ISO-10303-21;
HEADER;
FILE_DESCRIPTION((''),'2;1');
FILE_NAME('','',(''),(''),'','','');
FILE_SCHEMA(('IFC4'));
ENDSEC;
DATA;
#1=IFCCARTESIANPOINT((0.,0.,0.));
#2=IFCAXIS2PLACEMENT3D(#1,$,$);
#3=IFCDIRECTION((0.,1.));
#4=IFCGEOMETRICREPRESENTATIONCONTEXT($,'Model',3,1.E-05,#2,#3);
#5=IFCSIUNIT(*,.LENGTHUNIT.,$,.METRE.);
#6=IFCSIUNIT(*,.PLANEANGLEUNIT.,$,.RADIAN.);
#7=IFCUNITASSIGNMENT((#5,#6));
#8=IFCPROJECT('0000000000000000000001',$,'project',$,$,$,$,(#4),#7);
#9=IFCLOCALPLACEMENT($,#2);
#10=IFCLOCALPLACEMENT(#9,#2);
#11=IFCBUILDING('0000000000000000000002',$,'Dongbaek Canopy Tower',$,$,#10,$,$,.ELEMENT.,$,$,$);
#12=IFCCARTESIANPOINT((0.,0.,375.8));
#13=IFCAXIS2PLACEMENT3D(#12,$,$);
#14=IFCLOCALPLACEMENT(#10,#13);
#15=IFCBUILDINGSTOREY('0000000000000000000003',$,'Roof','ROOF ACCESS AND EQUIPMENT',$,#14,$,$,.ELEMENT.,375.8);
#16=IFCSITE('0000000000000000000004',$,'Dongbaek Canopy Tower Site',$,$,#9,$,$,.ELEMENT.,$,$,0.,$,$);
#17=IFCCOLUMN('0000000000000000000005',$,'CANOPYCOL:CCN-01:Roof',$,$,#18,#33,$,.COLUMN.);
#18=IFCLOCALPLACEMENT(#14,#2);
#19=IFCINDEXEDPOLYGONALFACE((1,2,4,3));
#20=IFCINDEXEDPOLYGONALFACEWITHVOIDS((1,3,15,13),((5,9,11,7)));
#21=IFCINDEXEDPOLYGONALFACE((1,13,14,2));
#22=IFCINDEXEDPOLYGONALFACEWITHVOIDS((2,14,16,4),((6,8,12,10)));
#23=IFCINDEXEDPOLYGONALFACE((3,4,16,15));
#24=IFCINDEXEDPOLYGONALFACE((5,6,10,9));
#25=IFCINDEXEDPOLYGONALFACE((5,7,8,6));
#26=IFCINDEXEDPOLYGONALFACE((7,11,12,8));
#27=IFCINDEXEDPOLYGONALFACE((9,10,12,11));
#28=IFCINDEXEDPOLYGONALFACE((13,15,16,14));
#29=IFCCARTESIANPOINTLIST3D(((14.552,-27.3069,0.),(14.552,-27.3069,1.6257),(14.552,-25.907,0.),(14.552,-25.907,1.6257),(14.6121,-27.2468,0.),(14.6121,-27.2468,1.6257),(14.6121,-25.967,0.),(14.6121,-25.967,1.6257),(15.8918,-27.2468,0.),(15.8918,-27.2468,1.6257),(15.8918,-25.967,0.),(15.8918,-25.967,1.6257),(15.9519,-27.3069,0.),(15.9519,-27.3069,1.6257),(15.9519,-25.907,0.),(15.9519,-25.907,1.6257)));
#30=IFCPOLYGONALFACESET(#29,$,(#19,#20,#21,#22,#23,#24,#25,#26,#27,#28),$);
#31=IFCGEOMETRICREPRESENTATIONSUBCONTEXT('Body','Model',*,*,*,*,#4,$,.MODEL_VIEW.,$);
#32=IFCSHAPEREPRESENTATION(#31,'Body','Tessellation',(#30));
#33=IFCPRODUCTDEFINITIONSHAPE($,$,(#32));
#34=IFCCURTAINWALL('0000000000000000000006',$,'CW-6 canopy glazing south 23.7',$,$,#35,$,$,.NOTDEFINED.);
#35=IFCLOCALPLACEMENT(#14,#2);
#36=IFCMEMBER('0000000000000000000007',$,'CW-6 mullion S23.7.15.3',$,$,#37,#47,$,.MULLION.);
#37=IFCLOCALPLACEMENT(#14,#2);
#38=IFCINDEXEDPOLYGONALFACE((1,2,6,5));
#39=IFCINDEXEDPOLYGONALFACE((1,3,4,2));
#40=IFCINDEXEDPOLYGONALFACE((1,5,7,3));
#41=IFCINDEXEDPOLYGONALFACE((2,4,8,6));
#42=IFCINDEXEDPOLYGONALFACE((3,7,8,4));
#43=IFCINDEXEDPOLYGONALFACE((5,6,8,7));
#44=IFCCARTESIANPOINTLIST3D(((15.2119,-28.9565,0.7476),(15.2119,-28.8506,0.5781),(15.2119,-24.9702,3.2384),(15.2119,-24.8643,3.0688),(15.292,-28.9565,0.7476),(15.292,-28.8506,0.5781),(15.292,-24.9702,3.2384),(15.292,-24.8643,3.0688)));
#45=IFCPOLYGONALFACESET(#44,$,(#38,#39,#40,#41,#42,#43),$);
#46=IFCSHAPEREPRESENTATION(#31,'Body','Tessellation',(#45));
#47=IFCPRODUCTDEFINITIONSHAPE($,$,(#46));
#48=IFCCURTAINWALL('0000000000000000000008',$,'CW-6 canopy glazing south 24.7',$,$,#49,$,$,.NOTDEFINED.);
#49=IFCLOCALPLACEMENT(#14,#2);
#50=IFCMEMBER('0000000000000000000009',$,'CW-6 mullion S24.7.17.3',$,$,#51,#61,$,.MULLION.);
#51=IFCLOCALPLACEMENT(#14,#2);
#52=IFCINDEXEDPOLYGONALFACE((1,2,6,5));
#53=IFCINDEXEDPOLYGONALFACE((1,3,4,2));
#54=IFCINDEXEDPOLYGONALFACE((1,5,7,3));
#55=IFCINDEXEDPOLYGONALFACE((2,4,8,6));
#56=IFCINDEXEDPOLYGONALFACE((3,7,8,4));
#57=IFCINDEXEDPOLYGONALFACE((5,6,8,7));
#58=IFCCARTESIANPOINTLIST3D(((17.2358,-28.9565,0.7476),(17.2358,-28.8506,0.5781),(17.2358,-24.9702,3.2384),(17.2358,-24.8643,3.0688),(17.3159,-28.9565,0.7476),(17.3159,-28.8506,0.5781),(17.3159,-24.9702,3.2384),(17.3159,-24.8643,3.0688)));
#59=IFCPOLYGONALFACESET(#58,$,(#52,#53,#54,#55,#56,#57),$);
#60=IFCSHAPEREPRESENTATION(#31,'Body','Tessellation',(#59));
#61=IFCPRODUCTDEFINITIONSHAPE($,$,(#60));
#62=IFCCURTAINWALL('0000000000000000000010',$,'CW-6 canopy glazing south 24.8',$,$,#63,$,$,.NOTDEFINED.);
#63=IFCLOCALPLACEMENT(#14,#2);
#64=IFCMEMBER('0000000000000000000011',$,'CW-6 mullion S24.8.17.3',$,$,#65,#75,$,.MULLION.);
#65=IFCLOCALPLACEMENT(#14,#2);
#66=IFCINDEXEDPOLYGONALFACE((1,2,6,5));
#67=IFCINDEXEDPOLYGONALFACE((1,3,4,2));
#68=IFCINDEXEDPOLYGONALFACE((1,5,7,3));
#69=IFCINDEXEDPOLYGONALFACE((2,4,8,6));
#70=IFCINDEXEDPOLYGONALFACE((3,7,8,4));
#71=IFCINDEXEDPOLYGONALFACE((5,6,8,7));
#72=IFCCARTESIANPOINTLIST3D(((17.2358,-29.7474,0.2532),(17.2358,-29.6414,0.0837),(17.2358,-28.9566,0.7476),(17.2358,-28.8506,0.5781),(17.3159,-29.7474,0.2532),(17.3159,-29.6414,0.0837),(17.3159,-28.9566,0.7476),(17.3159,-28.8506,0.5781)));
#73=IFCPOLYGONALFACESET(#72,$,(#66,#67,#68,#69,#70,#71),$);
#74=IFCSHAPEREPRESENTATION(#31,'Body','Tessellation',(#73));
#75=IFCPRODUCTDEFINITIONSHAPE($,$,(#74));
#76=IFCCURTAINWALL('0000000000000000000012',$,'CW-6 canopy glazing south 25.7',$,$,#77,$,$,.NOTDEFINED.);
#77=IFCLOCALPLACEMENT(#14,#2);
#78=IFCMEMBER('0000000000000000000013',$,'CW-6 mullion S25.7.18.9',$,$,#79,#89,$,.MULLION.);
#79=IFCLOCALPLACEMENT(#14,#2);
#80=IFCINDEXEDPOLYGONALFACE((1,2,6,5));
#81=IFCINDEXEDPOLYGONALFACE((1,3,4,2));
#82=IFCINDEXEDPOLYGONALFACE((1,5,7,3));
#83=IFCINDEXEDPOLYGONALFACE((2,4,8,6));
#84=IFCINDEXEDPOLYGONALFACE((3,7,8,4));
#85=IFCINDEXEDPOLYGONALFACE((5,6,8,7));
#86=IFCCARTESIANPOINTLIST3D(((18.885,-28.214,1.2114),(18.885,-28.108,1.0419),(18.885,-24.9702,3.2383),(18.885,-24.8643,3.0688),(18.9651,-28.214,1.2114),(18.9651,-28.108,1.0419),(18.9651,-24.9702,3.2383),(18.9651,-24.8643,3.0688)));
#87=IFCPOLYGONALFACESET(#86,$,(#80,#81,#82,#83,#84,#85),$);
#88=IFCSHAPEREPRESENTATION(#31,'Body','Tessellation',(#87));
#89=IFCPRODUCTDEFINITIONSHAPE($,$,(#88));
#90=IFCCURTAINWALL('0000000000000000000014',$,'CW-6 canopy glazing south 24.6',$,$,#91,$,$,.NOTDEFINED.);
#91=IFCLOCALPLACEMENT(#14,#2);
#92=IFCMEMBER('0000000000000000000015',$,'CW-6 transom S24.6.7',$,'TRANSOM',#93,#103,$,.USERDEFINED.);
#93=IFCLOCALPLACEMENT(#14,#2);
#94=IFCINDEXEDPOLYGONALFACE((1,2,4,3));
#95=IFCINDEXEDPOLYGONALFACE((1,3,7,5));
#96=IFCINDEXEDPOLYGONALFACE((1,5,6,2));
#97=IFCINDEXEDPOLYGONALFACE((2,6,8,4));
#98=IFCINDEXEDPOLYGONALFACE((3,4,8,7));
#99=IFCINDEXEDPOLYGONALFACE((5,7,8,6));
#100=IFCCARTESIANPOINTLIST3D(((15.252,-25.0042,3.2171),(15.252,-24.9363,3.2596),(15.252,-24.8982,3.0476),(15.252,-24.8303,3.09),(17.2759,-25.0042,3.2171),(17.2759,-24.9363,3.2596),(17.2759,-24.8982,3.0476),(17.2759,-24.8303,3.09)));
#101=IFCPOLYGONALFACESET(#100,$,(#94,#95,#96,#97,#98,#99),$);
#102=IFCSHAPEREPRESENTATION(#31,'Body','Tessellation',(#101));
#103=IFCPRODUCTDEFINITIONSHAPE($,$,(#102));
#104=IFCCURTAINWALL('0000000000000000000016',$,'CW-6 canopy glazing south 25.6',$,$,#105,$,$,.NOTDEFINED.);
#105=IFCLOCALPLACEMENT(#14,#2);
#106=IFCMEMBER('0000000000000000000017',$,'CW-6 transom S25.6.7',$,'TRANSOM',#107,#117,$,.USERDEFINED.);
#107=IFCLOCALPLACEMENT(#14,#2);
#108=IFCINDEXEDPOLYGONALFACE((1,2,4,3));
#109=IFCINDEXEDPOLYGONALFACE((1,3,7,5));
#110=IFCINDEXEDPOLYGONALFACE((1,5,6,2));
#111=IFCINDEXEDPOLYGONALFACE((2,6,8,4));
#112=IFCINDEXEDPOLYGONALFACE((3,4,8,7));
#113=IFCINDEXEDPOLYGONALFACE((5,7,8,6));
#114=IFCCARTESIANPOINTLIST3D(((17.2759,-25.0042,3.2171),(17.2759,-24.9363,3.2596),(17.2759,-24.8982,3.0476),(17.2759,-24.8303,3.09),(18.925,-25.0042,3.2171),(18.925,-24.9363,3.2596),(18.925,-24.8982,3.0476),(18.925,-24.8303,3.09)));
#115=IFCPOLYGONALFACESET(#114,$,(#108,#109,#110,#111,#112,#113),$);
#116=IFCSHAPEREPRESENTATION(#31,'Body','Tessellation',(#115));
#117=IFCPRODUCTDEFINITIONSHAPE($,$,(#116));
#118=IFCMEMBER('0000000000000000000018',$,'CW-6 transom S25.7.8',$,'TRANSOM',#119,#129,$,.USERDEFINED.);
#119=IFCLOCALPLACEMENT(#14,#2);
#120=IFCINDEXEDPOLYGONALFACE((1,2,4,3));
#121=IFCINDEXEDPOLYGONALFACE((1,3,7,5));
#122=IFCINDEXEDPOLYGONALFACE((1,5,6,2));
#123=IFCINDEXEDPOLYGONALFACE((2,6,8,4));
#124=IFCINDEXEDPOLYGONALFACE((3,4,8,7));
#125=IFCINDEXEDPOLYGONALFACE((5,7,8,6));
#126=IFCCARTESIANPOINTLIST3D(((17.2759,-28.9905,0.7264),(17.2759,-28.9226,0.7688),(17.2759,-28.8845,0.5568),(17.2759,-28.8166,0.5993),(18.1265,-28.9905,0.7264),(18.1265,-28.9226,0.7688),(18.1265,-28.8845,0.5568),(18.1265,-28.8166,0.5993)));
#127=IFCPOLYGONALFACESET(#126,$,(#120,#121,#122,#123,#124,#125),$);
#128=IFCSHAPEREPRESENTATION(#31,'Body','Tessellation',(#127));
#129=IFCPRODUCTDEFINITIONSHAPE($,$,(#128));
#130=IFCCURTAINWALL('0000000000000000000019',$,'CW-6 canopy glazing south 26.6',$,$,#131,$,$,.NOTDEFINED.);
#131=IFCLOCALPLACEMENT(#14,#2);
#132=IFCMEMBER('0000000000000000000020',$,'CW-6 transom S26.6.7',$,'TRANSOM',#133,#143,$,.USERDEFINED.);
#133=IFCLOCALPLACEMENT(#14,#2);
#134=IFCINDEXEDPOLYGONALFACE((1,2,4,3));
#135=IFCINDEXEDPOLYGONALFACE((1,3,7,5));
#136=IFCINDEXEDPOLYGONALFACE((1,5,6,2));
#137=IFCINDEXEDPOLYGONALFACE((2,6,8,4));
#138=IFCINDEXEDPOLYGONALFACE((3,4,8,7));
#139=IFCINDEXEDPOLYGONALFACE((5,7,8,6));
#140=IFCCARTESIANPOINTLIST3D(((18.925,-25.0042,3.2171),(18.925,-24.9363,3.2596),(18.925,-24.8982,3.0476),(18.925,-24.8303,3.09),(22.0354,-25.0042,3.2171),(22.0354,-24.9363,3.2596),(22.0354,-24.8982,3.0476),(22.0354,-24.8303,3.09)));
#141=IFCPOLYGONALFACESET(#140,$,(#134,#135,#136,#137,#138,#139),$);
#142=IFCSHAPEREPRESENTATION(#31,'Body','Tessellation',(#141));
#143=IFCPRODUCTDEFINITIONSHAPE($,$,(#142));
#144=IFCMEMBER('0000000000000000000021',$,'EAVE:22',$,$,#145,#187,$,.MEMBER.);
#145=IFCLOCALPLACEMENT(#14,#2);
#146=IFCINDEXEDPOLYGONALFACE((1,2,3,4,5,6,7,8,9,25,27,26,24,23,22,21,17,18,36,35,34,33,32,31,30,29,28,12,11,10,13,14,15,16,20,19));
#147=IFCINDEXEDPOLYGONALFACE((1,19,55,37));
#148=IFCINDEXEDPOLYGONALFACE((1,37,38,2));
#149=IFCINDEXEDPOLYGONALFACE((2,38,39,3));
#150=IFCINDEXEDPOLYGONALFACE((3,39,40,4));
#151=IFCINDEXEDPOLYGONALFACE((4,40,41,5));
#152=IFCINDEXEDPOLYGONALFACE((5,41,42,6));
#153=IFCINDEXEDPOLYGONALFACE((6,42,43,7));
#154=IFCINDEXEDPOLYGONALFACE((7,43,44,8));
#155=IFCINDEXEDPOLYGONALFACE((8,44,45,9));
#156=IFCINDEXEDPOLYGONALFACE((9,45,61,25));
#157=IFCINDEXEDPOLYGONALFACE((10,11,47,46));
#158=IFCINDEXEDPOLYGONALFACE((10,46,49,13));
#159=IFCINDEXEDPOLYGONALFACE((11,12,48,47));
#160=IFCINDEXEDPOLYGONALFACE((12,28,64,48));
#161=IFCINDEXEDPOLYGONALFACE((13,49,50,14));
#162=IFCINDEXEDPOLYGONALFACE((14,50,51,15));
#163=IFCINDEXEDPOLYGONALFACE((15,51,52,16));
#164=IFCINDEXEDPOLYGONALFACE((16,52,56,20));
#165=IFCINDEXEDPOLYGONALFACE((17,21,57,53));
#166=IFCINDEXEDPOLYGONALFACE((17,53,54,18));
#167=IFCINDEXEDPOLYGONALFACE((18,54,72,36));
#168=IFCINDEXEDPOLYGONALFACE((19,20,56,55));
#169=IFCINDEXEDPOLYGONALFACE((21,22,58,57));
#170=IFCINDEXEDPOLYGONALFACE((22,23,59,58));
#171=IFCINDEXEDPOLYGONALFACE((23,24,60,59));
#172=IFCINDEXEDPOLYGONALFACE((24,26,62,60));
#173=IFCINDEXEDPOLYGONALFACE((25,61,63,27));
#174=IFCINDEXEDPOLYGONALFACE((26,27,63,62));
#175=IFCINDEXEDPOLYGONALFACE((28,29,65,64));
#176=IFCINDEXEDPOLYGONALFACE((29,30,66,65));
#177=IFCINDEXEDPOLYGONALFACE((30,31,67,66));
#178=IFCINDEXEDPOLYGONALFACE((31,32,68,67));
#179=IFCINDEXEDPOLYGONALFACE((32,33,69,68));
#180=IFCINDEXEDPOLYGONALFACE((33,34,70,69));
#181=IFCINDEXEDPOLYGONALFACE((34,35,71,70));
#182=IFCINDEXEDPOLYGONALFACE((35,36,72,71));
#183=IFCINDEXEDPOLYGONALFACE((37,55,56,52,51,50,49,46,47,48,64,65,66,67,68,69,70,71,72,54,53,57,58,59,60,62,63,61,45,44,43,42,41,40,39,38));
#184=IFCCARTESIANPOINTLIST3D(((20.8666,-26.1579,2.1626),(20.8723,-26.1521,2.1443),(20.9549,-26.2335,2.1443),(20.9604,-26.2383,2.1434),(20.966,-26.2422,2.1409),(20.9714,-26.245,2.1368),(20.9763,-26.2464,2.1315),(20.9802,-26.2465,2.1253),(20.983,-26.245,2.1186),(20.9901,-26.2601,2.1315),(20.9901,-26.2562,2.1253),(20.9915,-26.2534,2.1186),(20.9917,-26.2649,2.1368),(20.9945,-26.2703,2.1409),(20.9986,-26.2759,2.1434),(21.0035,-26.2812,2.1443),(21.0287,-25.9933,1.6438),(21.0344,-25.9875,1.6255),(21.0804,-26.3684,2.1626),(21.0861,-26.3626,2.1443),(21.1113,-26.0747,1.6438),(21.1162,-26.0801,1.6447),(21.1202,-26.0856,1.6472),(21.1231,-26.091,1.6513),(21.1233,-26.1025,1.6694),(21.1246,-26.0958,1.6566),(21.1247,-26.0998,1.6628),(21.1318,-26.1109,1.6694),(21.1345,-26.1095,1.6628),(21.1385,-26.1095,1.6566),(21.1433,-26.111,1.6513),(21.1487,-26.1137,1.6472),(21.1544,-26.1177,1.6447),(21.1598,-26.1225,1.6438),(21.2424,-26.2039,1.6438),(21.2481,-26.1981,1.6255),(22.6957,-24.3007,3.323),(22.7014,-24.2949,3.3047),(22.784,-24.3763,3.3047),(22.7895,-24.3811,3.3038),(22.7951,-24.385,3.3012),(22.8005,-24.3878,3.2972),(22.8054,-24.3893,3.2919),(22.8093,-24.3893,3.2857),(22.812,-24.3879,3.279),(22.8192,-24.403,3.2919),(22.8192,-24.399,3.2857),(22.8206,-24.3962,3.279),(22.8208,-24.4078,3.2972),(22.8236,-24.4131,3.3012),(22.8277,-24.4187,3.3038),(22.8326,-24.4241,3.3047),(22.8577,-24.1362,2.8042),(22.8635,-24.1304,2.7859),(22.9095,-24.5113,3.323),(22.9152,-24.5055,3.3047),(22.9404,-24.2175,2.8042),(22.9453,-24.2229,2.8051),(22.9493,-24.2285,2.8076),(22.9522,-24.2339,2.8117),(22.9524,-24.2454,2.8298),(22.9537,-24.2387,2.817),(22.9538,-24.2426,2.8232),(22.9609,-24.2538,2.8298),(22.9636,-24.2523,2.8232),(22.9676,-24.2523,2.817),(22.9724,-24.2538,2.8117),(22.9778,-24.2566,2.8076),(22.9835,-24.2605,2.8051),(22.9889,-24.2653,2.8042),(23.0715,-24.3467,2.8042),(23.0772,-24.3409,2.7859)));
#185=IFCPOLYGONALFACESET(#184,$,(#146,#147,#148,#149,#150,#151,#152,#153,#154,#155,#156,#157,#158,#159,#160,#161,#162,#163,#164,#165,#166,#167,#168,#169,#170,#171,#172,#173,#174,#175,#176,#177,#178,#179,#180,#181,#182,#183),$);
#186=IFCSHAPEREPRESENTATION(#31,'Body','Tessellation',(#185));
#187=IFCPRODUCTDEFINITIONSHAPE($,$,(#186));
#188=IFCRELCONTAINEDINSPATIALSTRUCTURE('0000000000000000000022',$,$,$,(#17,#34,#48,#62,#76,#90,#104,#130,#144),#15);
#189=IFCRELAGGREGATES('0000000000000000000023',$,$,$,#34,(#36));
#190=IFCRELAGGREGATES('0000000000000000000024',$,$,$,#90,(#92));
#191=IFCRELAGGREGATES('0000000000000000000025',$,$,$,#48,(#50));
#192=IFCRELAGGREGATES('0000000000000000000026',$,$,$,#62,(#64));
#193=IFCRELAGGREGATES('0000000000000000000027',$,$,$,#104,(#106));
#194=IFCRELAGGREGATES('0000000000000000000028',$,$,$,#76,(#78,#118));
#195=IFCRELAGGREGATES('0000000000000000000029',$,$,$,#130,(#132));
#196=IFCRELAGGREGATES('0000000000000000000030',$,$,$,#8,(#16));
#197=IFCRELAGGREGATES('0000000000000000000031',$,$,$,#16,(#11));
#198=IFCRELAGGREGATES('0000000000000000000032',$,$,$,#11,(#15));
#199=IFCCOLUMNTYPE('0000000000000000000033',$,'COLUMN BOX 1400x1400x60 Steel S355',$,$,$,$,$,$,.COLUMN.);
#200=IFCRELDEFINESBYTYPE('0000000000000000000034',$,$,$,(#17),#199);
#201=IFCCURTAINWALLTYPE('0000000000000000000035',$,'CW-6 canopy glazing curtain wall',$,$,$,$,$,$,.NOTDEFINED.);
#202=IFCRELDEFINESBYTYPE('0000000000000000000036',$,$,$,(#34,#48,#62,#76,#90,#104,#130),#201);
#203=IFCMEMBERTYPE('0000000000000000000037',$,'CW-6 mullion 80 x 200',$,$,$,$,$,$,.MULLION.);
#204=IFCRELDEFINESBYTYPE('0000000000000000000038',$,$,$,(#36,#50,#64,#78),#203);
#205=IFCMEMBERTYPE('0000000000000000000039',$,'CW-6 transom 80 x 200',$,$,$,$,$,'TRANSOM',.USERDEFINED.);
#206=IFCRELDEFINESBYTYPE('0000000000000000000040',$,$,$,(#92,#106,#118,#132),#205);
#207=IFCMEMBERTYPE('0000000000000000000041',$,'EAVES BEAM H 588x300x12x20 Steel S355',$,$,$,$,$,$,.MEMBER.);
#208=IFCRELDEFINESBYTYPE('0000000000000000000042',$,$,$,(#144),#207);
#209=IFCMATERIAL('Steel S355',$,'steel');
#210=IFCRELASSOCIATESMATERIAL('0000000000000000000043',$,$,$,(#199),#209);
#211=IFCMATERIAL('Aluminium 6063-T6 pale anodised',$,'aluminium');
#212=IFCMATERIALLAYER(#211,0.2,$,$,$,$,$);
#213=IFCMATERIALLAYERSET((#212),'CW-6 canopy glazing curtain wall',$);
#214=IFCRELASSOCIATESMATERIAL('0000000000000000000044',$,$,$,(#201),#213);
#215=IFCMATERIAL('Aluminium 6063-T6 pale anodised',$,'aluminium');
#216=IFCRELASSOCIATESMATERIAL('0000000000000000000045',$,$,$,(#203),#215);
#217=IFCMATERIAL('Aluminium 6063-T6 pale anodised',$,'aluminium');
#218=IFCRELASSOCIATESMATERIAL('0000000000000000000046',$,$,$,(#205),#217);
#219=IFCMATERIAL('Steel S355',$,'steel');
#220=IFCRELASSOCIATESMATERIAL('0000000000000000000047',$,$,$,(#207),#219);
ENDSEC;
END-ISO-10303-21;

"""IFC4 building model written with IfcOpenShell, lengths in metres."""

from ifc_helpers import new_model, si_unit, direction, frame, origin, origin_2d, place, context, subcontext, project, spatial, rectangle, hollow_rectangle, i_section, extrude, material, layer, layer_set, material_profile, profile_set, type_object, element, aggregate, save


model = new_model("IFC4")

# Units and contexts
model_context = context("Model", 3, precision=1e-05, world=origin(), true_north=direction((0.0, 1.0)))
body_context = subcontext(model_context, "Body", "Model", "MODEL_VIEW")
ifc_project = project(units=[si_unit("LENGTHUNIT", "METRE"), si_unit("PLANEANGLEUNIT", "RADIAN")], contexts=[model_context])

# Site, building, storey
site_placement = place(None, origin())
site = spatial("IfcSite", under=ifc_project, at=site_placement, Name="Dongbaek Canopy Tower Site", CompositionType="ELEMENT", RefElevation=0.0)
building_placement = place(site_placement, origin())
building = spatial("IfcBuilding", under=site, at=building_placement, Name="Dongbaek Canopy Tower", CompositionType="ELEMENT")
storey_placement = place(building_placement, frame((0.0, 0.0, 375.8)))
storey = spatial("IfcBuildingStorey", under=building, at=storey_placement, Name="Roof", Description="ROOF ACCESS AND EQUIPMENT", CompositionType="ELEMENT", Elevation=375.8)

# Column
ifc_material_1 = material(Name="Steel S355", Category="steel")
ifc_material_profile_1 = material_profile(ifc_material_1, hollow_rectangle(XDim=1.3999, YDim=1.3999, WallThickness=0.0601, at=origin_2d()), Name="COLUMN BOX 1400x1400x60 Steel S355")
ifc_profile_set_1 = profile_set([ifc_material_profile_1], Name="Steel S355")
column_type = type_object("IfcColumnType", Name="COLUMN BOX 1400x1400x60 Steel S355", PredefinedType="COLUMN", material=ifc_profile_set_1)
column_placement = place(storey_placement, frame((15.252, -26.6069, 0.0), z_axis=(0.0, 0.0, 1.0), x_axis=(1.0, 0.0, 0.0)))
element("IfcColumn", 1, at=column_placement, inside=storey, type_object=column_type, Name="CANOPYCOL:CCN-01:Roof", PredefinedType="COLUMN", context=body_context, shape_type="SweptSolid", body=[
    extrude(hollow_rectangle(XDim=1.3999, YDim=1.3999, WallThickness=0.0601, at=origin_2d()), origin(), (0.0, 0.0, 1.0), 1.6257),
])

# Curtain walls, members
ifc_material_2 = material(Name="Aluminium 6063-T6 pale anodised", Category="aluminium")
ifc_layer_1 = layer(ifc_material_2, 0.2)
ifc_layer_set_1 = layer_set([ifc_layer_1], Name="CW-6 canopy glazing curtain wall")
curtain_wall_type = type_object("IfcCurtainWallType", Name="CW-6 canopy glazing curtain wall", PredefinedType="NOTDEFINED", material=ifc_layer_set_1)
curtain_wall_1_placement = place(storey_placement, origin())
curtain_wall_1 = element("IfcCurtainWall", 2, at=curtain_wall_1_placement, inside=storey, type_object=curtain_wall_type, Name="CW-6 canopy glazing south 23.7", PredefinedType="NOTDEFINED")
ifc_material_3 = material(Name="Aluminium 6063-T6 pale anodised", Category="aluminium")
ifc_material_profile_2 = material_profile(ifc_material_3, rectangle(XDim=0.0801, YDim=0.2, at=origin_2d()), Name="CW-6 mullion 80 x 200")
ifc_profile_set_2 = profile_set([ifc_material_profile_2], Name="Aluminium 6063-T6 pale anodised")
member_type_1 = type_object("IfcMemberType", Name="CW-6 mullion 80 x 200", PredefinedType="MULLION", material=ifc_profile_set_2)
member_1_placement = place(storey_placement, frame((15.252, -24.9172, 3.1536), z_axis=(0.0, -0.848068, -0.529887), x_axis=(1.0, 0.0, 0.0)))
member_1 = element("IfcMember", 3, at=member_1_placement, type_object=member_type_1, Name="CW-6 mullion S23.7.15.3", PredefinedType="MULLION", context=body_context, shape_type="SweptSolid", body=[
    extrude(rectangle(XDim=0.0801, YDim=0.2, at=origin_2d()), origin(), (0.0, 0.0, 1.0), 4.7004),
])
aggregate(curtain_wall_1, [member_1])
curtain_wall_2_placement = place(storey_placement, origin())
curtain_wall_2 = element("IfcCurtainWall", 4, at=curtain_wall_2_placement, inside=storey, type_object=curtain_wall_type, Name="CW-6 canopy glazing south 24.7", PredefinedType="NOTDEFINED")
member_2_placement = place(storey_placement, frame((17.2759, -24.9172, 3.1536), z_axis=(0.0, -0.848068, -0.529887), x_axis=(1.0, 0.0, 0.0)))
member_2 = element("IfcMember", 5, at=member_2_placement, type_object=member_type_1, Name="CW-6 mullion S24.7.17.3", PredefinedType="MULLION", context=body_context, shape_type="SweptSolid", body=[
    extrude(rectangle(XDim=0.0801, YDim=0.2, at=origin_2d()), origin(), (0.0, 0.0, 1.0), 4.7004),
])
curtain_wall_3_placement = place(storey_placement, origin())
curtain_wall_3 = element("IfcCurtainWall", 6, at=curtain_wall_3_placement, inside=storey, type_object=curtain_wall_type, Name="CW-6 canopy glazing south 24.8", PredefinedType="NOTDEFINED")
member_3_placement = place(storey_placement, frame((17.2759, -28.9036, 0.6628), z_axis=(0.0, -0.847925, -0.530117), x_axis=(1.0, 0.0, 0.0)))
member_3 = element("IfcMember", 7, at=member_3_placement, type_object=member_type_1, Name="CW-6 mullion S24.8.17.3", PredefinedType="MULLION", context=body_context, shape_type="SweptSolid", body=[
    extrude(rectangle(XDim=0.0801, YDim=0.2, at=origin_2d()), origin(), (0.0, 0.0, 1.0), 0.9326),
])
curtain_wall_4_placement = place(storey_placement, origin())
curtain_wall_4 = element("IfcCurtainWall", 8, at=curtain_wall_4_placement, inside=storey, type_object=curtain_wall_type, Name="CW-6 canopy glazing south 25.7", PredefinedType="NOTDEFINED")
member_4_placement = place(storey_placement, frame((18.925, -24.9172, 3.1536), z_axis=(0.0, -0.848049, -0.529919), x_axis=(1.0, 0.0, 0.0)))
member_4 = element("IfcMember", 9, at=member_4_placement, type_object=member_type_1, Name="CW-6 mullion S25.7.18.9", PredefinedType="MULLION", context=body_context, shape_type="SweptSolid", body=[
    extrude(rectangle(XDim=0.0801, YDim=0.2, at=origin_2d()), origin(), (0.0, 0.0, 1.0), 3.825),
])
curtain_wall_5_placement = place(storey_placement, origin())
curtain_wall_5 = element("IfcCurtainWall", 10, at=curtain_wall_5_placement, inside=storey, type_object=curtain_wall_type, Name="CW-6 canopy glazing south 24.6", PredefinedType="NOTDEFINED")
ifc_material_4 = material(Name="Aluminium 6063-T6 pale anodised", Category="aluminium")
ifc_material_profile_3 = material_profile(ifc_material_4, rectangle(XDim=0.0801, YDim=0.2, at=origin_2d()), Name="CW-6 transom 80 x 200")
ifc_profile_set_3 = profile_set([ifc_material_profile_3], Name="Aluminium 6063-T6 pale anodised")
member_type_2 = type_object("IfcMemberType", Name="CW-6 transom 80 x 200", ElementType="TRANSOM", PredefinedType="USERDEFINED", material=ifc_profile_set_3)
member_5_placement = place(storey_placement, frame((15.252, -24.9172, 3.1536), z_axis=(1.0, 0.0, 0.0), x_axis=(0.0, 0.848048, 0.529919)))
member_5 = element("IfcMember", 11, at=member_5_placement, type_object=member_type_2, Name="CW-6 transom S24.6.7", ObjectType="TRANSOM", PredefinedType="USERDEFINED", context=body_context, shape_type="SweptSolid", body=[
    extrude(rectangle(XDim=0.0801, YDim=0.2, at=origin_2d()), origin(), (0.0, 0.0, 1.0), 2.0239),
])
curtain_wall_6_placement = place(storey_placement, origin())
curtain_wall_6 = element("IfcCurtainWall", 12, at=curtain_wall_6_placement, inside=storey, type_object=curtain_wall_type, Name="CW-6 canopy glazing south 25.6", PredefinedType="NOTDEFINED")
member_6_placement = place(storey_placement, frame((17.2759, -24.9172, 3.1536), z_axis=(1.0, 0.0, 0.0), x_axis=(0.0, 0.848048, 0.529919)))
member_6 = element("IfcMember", 13, at=member_6_placement, type_object=member_type_2, Name="CW-6 transom S25.6.7", ObjectType="TRANSOM", PredefinedType="USERDEFINED", context=body_context, shape_type="SweptSolid", body=[
    extrude(rectangle(XDim=0.0801, YDim=0.2, at=origin_2d()), origin(), (0.0, 0.0, 1.0), 1.6492),
])

# Member
member_7_placement = place(storey_placement, frame((17.2759, -28.9036, 0.6628), z_axis=(1.0, 0.0, 0.0), x_axis=(0.0, 0.848048, 0.529919)))
member_7 = element("IfcMember", 14, at=member_7_placement, type_object=member_type_2, Name="CW-6 transom S25.7.8", ObjectType="TRANSOM", PredefinedType="USERDEFINED", context=body_context, shape_type="SweptSolid", body=[
    extrude(rectangle(XDim=0.0801, YDim=0.2, at=origin_2d()), origin(), (0.0, 0.0, 1.0), 0.8506),
])

# Curtain wall, member
curtain_wall_7_placement = place(storey_placement, origin())
curtain_wall_7 = element("IfcCurtainWall", 15, at=curtain_wall_7_placement, inside=storey, type_object=curtain_wall_type, Name="CW-6 canopy glazing south 26.6", PredefinedType="NOTDEFINED")
member_8_placement = place(storey_placement, frame((18.925, -24.9172, 3.1536), z_axis=(1.0, 0.0, 0.0), x_axis=(0.0, 0.848048, 0.529919)))
member_8 = element("IfcMember", 16, at=member_8_placement, type_object=member_type_2, Name="CW-6 transom S26.6.7", ObjectType="TRANSOM", PredefinedType="USERDEFINED", context=body_context, shape_type="SweptSolid", body=[
    extrude(rectangle(XDim=0.0801, YDim=0.2, at=origin_2d()), origin(), (0.0, 0.0, 1.0), 3.1104),
])

# Member
ifc_material_5 = material(Name="Steel S355", Category="steel")
ifc_material_profile_4 = material_profile(ifc_material_5, i_section(OverallWidth=0.3, OverallDepth=0.5879, WebThickness=0.012, FlangeThickness=0.02, FilletRadius=0.0281, at=origin_2d()), Name="EAVES BEAM H 588x300x12x20 Steel S355")
ifc_profile_set_4 = profile_set([ifc_material_profile_4], Name="Steel S355")
member_type_3 = type_object("IfcMemberType", Name="EAVES BEAM H 588x300x12x20 Steel S355", PredefinedType="MEMBER", material=ifc_profile_set_4)
member_9_placement = place(storey_placement, frame((21.0574, -26.178, 1.894), z_axis=(0.641051, 0.65089, 0.406689), x_axis=(-0.712472, 0.701701, 0.0)))
element("IfcMember", 17, at=member_9_placement, inside=storey, type_object=member_type_3, Name="EAVE:22", PredefinedType="MEMBER", context=body_context, shape_type="SweptSolid", body=[
    extrude(i_section(OverallWidth=0.3, OverallDepth=0.5879, WebThickness=0.012, FlangeThickness=0.02, FilletRadius=0.0281, at=origin_2d()), origin(), (0.0, 0.0, 1.0), 2.8533),
])

aggregate(curtain_wall_5, [member_5])
aggregate(curtain_wall_2, [member_2])
aggregate(curtain_wall_3, [member_3])
aggregate(curtain_wall_6, [member_6])
aggregate(curtain_wall_4, [member_4, member_7])
aggregate(curtain_wall_7, [member_8])

save(model, "model.ifc")
